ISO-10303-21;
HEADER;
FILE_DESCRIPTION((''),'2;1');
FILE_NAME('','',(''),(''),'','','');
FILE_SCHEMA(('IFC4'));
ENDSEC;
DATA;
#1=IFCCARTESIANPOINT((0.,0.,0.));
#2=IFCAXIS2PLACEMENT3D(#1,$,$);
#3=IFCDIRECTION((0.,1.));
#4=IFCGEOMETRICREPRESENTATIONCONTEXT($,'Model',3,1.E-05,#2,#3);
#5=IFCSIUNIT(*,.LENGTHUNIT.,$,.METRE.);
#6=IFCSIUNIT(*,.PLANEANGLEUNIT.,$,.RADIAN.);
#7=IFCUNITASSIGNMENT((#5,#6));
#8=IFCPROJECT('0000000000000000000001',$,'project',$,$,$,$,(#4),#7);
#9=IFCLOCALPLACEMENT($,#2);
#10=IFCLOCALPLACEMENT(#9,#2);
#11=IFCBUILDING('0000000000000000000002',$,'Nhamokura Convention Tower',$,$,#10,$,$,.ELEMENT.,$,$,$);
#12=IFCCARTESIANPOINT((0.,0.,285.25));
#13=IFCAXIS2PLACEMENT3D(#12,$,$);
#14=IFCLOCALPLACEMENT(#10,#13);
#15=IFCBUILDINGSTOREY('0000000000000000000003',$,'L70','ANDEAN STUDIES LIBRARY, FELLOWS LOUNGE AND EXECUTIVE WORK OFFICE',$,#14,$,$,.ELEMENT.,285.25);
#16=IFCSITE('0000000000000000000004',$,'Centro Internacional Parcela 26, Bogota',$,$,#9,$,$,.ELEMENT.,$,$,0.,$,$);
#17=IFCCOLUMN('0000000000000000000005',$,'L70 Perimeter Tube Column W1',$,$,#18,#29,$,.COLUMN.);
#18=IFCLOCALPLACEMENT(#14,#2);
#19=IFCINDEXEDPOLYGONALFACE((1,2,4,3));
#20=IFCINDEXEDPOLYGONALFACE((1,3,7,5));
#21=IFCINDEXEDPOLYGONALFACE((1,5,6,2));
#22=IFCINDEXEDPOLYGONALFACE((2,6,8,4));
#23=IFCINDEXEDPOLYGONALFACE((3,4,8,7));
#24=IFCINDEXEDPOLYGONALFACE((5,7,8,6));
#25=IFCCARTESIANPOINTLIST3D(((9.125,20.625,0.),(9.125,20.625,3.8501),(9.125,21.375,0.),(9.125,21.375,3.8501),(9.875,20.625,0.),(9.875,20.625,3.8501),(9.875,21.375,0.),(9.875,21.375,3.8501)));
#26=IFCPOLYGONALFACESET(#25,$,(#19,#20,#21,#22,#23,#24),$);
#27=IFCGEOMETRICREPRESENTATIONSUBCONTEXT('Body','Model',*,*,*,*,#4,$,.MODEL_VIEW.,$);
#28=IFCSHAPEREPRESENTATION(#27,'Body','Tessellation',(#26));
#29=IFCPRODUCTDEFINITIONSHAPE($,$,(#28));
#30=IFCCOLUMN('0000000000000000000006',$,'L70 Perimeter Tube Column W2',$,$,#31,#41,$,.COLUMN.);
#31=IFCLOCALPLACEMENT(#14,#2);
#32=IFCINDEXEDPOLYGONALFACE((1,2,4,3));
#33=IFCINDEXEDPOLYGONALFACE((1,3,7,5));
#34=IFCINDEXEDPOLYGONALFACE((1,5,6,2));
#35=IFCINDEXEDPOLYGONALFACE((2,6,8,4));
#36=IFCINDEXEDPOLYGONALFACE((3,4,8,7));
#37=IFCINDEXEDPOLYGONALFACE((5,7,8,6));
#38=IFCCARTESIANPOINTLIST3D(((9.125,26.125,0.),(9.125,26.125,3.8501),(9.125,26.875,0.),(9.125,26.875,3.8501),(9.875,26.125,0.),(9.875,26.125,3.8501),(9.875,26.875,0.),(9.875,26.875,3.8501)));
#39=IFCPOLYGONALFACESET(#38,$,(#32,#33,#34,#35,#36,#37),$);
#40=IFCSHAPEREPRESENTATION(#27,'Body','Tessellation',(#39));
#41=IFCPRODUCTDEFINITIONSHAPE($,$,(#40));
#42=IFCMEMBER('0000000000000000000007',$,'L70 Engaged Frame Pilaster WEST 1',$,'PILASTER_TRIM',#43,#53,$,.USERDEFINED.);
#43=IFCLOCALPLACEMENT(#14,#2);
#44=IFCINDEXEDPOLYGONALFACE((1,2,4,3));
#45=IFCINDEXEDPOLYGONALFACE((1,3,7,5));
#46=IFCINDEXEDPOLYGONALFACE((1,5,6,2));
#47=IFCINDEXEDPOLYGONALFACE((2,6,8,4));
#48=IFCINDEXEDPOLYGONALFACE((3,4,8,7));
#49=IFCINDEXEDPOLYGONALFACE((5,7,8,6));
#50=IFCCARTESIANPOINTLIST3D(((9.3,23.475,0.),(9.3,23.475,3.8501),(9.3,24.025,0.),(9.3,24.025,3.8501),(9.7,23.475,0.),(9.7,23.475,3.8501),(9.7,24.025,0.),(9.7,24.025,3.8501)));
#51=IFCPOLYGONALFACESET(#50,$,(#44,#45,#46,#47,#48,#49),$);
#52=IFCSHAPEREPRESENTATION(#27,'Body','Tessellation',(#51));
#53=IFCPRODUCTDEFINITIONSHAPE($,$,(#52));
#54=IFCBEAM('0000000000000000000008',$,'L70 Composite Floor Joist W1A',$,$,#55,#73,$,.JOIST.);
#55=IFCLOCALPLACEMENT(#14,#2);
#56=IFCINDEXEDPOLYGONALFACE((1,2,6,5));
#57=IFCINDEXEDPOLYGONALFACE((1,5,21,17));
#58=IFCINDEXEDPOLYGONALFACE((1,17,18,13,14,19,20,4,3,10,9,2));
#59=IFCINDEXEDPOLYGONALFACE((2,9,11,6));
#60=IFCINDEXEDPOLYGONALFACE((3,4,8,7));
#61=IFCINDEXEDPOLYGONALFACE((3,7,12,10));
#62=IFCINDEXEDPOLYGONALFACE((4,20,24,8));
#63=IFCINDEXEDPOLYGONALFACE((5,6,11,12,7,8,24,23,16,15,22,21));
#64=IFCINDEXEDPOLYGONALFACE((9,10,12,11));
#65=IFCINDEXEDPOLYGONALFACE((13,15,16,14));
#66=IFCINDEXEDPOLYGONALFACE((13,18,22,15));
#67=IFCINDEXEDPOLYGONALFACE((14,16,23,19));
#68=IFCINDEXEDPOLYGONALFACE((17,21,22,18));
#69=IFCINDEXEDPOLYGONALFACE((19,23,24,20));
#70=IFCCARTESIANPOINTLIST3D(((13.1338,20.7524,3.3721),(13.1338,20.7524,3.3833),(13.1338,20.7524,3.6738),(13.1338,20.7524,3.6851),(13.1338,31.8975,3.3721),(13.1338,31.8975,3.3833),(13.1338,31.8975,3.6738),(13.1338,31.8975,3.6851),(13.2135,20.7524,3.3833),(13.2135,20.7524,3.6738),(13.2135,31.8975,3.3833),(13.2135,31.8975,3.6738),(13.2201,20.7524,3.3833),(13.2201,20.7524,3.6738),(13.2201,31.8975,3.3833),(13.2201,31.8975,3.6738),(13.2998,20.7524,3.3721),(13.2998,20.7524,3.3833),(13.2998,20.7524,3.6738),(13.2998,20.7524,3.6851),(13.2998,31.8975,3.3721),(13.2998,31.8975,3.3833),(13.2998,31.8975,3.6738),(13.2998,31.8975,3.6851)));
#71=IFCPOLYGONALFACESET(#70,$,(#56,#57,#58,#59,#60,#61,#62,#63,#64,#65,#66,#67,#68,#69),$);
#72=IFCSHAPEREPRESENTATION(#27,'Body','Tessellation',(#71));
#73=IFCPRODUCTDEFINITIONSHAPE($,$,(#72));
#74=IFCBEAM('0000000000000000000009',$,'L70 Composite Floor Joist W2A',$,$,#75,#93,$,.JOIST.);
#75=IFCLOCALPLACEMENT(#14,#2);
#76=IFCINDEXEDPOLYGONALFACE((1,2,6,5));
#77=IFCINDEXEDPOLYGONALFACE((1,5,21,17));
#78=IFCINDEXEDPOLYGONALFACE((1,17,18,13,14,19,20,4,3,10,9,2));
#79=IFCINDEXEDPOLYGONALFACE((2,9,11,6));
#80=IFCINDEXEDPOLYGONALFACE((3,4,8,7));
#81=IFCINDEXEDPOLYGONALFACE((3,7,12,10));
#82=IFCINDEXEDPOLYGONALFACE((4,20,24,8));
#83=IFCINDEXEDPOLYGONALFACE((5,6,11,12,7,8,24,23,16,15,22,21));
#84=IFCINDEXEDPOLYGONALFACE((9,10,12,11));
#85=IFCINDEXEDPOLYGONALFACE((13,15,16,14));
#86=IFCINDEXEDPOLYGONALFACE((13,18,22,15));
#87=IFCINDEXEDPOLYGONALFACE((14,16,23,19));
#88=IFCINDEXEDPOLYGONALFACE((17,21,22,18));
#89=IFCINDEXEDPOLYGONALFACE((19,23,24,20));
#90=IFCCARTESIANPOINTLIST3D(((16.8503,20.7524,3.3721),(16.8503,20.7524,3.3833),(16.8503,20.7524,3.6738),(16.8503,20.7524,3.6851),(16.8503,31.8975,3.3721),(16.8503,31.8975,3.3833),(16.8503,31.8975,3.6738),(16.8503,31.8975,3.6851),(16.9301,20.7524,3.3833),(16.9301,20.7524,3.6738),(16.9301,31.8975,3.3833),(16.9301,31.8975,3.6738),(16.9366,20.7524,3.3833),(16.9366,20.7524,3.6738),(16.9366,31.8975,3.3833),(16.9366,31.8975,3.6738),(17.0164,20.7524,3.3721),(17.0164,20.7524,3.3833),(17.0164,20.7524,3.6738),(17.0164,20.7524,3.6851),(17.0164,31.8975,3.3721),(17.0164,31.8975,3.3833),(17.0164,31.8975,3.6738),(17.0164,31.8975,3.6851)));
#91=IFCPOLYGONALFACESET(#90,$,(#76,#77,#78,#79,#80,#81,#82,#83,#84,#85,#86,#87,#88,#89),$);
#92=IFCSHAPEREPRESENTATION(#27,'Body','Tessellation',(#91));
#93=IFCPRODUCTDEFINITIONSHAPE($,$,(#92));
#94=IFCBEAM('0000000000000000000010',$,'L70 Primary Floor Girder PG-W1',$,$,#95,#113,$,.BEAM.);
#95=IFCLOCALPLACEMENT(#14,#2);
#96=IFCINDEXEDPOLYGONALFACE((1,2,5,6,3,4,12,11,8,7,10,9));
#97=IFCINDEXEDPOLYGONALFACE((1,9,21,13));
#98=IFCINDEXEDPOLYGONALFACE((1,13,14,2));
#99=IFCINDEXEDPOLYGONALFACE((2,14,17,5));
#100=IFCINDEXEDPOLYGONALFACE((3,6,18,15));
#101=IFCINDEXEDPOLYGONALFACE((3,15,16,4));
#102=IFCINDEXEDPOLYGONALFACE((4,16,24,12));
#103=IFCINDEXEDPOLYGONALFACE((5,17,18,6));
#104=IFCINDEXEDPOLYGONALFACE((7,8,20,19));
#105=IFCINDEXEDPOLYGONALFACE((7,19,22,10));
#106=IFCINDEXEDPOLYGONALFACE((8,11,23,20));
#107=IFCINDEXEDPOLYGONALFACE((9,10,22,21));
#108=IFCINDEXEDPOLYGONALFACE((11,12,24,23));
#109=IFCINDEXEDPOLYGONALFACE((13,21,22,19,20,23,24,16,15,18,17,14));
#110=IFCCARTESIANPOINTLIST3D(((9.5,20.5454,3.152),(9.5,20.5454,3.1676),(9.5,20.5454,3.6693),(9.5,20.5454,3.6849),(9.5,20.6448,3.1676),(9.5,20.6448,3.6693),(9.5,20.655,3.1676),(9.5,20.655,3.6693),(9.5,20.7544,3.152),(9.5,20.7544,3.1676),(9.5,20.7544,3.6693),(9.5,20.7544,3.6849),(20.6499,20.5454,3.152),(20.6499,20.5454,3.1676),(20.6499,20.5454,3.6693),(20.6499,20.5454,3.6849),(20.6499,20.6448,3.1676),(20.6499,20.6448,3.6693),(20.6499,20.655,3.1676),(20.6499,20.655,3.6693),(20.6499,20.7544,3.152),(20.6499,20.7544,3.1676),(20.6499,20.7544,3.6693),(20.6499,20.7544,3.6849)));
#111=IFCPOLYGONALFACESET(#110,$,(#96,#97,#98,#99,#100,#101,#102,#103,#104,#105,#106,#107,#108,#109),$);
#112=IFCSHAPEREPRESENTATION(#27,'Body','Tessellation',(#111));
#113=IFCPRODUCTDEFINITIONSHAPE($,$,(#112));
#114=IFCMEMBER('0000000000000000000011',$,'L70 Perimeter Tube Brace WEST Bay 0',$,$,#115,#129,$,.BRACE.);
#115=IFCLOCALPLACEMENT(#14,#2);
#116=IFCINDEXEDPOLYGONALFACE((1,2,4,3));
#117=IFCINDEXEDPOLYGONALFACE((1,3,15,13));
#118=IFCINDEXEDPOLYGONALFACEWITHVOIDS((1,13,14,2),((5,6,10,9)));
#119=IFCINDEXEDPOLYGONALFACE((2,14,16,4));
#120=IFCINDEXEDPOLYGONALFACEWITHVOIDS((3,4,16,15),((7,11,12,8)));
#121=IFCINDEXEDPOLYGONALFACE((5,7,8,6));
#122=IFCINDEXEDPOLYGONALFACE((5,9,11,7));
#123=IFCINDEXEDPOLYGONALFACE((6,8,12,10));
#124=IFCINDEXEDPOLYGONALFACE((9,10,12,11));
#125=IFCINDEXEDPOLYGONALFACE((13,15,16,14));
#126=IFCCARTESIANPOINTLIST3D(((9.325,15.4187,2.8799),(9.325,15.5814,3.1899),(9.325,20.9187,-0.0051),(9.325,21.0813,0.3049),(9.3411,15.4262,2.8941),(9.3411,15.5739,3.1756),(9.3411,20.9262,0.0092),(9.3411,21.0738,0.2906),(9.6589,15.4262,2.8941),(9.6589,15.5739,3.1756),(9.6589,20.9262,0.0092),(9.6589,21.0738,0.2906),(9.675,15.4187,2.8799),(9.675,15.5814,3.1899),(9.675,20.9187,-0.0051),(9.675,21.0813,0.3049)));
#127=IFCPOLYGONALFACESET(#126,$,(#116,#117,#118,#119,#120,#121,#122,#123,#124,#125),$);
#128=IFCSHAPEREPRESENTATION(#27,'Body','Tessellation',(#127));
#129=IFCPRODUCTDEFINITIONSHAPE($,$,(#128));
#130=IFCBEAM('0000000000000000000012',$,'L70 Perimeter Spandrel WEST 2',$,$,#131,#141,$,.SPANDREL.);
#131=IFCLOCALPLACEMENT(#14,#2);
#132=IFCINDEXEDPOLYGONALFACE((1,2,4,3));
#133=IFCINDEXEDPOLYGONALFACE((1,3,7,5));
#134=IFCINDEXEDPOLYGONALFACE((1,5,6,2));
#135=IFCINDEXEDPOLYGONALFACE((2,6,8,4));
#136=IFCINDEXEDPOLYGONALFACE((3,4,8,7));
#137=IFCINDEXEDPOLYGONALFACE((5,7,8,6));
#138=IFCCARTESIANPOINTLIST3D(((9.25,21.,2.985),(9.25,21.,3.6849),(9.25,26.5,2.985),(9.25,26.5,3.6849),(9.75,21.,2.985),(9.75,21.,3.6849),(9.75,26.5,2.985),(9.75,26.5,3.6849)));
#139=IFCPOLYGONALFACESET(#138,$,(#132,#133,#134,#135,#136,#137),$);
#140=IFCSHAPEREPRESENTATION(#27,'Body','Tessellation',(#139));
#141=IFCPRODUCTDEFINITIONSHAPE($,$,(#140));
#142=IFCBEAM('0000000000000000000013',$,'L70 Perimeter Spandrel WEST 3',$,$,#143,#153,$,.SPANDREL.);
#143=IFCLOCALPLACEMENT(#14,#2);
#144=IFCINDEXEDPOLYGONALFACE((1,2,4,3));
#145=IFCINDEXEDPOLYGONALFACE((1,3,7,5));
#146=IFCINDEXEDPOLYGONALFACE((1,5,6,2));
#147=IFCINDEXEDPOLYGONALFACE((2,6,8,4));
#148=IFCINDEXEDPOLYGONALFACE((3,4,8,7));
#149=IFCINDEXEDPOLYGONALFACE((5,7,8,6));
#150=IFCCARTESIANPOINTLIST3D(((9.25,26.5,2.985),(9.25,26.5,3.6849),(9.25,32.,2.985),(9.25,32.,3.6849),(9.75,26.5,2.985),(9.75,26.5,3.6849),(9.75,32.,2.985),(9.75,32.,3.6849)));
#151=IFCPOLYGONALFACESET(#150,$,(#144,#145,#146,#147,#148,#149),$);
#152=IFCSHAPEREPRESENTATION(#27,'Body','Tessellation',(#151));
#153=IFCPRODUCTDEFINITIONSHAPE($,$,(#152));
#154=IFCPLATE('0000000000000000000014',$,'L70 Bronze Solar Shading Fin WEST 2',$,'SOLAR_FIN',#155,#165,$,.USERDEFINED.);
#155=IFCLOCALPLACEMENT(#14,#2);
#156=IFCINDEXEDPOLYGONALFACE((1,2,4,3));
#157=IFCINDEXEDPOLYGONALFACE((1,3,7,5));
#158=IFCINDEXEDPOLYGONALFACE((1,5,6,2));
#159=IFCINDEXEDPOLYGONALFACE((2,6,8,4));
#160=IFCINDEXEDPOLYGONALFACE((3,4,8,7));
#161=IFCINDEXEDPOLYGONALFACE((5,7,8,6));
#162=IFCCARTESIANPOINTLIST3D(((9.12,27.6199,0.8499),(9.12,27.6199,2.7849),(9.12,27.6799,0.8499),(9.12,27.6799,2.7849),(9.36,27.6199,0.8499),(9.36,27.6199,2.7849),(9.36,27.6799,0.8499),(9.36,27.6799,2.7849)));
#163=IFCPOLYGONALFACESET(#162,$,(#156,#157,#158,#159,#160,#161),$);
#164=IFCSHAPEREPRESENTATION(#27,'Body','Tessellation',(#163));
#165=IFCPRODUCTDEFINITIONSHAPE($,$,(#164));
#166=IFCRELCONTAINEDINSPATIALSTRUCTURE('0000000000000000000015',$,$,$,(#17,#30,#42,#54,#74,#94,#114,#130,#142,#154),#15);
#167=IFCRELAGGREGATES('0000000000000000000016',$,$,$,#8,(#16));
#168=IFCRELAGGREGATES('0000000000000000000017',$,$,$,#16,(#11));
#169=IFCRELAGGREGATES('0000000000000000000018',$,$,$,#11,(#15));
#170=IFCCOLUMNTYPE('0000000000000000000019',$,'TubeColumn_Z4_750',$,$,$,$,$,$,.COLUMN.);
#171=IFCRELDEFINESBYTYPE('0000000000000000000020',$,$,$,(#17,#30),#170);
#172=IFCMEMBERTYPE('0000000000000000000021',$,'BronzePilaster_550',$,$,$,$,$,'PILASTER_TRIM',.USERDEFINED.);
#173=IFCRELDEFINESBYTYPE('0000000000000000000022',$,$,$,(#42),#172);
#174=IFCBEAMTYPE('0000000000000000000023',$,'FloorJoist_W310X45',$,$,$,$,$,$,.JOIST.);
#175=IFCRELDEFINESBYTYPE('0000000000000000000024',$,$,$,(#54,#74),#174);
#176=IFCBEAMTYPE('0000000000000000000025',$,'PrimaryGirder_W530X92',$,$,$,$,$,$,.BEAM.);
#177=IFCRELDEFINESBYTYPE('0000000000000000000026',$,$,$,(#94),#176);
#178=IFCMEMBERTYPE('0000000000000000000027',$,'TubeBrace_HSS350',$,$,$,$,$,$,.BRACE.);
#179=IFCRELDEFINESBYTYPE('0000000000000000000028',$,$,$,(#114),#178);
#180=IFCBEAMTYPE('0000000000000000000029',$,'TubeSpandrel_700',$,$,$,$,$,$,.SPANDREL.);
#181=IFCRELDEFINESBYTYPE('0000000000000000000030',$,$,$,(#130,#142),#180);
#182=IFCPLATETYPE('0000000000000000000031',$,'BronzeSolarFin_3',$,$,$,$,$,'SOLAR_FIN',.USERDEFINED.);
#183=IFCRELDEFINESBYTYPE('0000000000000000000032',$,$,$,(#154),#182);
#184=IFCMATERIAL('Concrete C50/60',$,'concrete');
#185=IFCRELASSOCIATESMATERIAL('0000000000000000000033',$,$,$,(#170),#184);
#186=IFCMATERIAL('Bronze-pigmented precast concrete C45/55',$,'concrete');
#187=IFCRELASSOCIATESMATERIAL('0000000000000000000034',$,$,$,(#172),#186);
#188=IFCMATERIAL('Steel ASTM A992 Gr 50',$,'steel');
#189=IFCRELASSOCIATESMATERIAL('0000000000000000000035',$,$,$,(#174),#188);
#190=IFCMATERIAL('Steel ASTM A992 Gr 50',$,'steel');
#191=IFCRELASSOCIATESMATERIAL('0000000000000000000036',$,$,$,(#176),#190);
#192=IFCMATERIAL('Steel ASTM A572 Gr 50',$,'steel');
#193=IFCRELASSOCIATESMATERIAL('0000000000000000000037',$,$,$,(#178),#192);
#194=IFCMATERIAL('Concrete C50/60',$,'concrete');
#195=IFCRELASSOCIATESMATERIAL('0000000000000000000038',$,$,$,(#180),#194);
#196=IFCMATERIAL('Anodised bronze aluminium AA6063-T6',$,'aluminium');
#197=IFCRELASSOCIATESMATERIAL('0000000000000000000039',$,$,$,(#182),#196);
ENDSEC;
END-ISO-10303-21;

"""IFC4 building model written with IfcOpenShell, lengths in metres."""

from ifc_helpers import new_model, si_unit, direction, frame, origin, origin_2d, place, context, subcontext, project, spatial, rectangle, hollow_rectangle, i_section, extrude, material, material_profile, profile_set, type_object, element, save


model = new_model("IFC4")

# Units and contexts
model_context = context("Model", 3, precision=1e-05, world=origin(), true_north=direction((0.0, 1.0)))
body_context = subcontext(model_context, "Body", "Model", "MODEL_VIEW")
ifc_project = project(units=[si_unit("LENGTHUNIT", "METRE"), si_unit("PLANEANGLEUNIT", "RADIAN")], contexts=[model_context])

# Site, building, storey
site_placement = place(None, origin())
site = spatial("IfcSite", under=ifc_project, at=site_placement, Name="Centro Internacional Parcela 26, Bogota", CompositionType="ELEMENT", RefElevation=0.0)
building_placement = place(site_placement, origin())
building = spatial("IfcBuilding", under=site, at=building_placement, Name="Nhamokura Convention Tower", CompositionType="ELEMENT")
storey_placement = place(building_placement, frame((0.0, 0.0, 285.25)))
storey = spatial("IfcBuildingStorey", under=building, at=storey_placement, Name="L70", Description="ANDEAN STUDIES LIBRARY, FELLOWS LOUNGE AND EXECUTIVE WORK OFFICE", CompositionType="ELEMENT", Elevation=285.25)

# Columns
ifc_material_1 = material(Name="Concrete C50/60", Category="concrete")
ifc_material_profile_1 = material_profile(ifc_material_1, rectangle(XDim=0.75, YDim=0.75, at=origin_2d()))
ifc_profile_set_1 = profile_set([ifc_material_profile_1], Name="Concrete C50/60")
column_type = type_object("IfcColumnType", Name="TubeColumn_Z4_750", PredefinedType="COLUMN", material=ifc_profile_set_1)
for number, where, z_axis, x_axis, name in (
    (1, (9.5, 21.0, 0.0), (0.0, 0.0, 1.0), (1.0, 0.0, 0.0), "L70 Perimeter Tube Column W1"),
    (2, (9.5, 26.5, 0.0), (0.0, 0.0, 1.0), (1.0, 0.0, 0.0), "L70 Perimeter Tube Column W2"),
):
    element("IfcColumn", number, at=place(storey_placement, frame(where, z_axis=z_axis, x_axis=x_axis)), inside=storey, type_object=column_type, Name=name, PredefinedType="COLUMN", context=body_context, shape_type="SweptSolid", body=[
        extrude(rectangle(XDim=0.75, YDim=0.75, at=origin_2d()), origin(), (0.0, 0.0, 1.0), 3.8501),
    ])

# Member
ifc_material_2 = material(Name="Bronze-pigmented precast concrete C45/55", Category="concrete")
ifc_material_profile_2 = material_profile(ifc_material_2, rectangle(XDim=0.3999, YDim=0.55, at=origin_2d()))
ifc_profile_set_2 = profile_set([ifc_material_profile_2], Name="Bronze-pigmented precast concrete C45/55")
member_type_1 = type_object("IfcMemberType", Name="BronzePilaster_550", ElementType="PILASTER_TRIM", PredefinedType="USERDEFINED", material=ifc_profile_set_2)
member_1_placement = place(storey_placement, frame((9.5, 23.75, 0.0), z_axis=(0.0, 0.0, 1.0), x_axis=(1.0, 0.0, 0.0)))
element("IfcMember", 3, at=member_1_placement, inside=storey, type_object=member_type_1, Name="L70 Engaged Frame Pilaster WEST 1", ObjectType="PILASTER_TRIM", PredefinedType="USERDEFINED", context=body_context, shape_type="SweptSolid", body=[
    extrude(rectangle(XDim=0.3999, YDim=0.55, at=origin_2d()), origin(), (0.0, 0.0, 1.0), 3.8501),
])

# Beams
ifc_material_3 = material(Name="Steel ASTM A992 Gr 50", Category="steel")
ifc_material_profile_3 = material_profile(ifc_material_3, i_section(OverallWidth=0.166, OverallDepth=0.313, WebThickness=0.0066, FlangeThickness=0.0112, at=origin_2d()))
ifc_profile_set_3 = profile_set([ifc_material_profile_3], Name="Steel ASTM A992 Gr 50")
beam_type_1 = type_object("IfcBeamType", Name="FloorJoist_W310X45", PredefinedType="JOIST", material=ifc_profile_set_3)
for number, where, z_axis, x_axis, name in (
    (4, (13.2168, 20.7524, 3.5286), (0.0, 1.0, 0.0), (-1.0, 0.0, 0.0), "L70 Composite Floor Joist W1A"),
    (5, (16.9333, 20.7524, 3.5286), (0.0, 1.0, 0.0), (-1.0, 0.0, 0.0), "L70 Composite Floor Joist W2A"),
):
    element("IfcBeam", number, at=place(storey_placement, frame(where, z_axis=z_axis, x_axis=x_axis)), inside=storey, type_object=beam_type_1, Name=name, PredefinedType="JOIST", context=body_context, shape_type="SweptSolid", body=[
        extrude(i_section(OverallWidth=0.166, OverallDepth=0.313, WebThickness=0.0066, FlangeThickness=0.0112, at=origin_2d()), origin(), (0.0, 0.0, 1.0), 11.145),
    ])
ifc_material_4 = material(Name="Steel ASTM A992 Gr 50", Category="steel")
ifc_material_profile_4 = material_profile(ifc_material_4, i_section(OverallWidth=0.209, OverallDepth=0.533, WebThickness=0.0103, FlangeThickness=0.0156, at=origin_2d()))
ifc_profile_set_4 = profile_set([ifc_material_profile_4], Name="Steel ASTM A992 Gr 50")
beam_type_2 = type_object("IfcBeamType", Name="PrimaryGirder_W530X92", PredefinedType="BEAM", material=ifc_profile_set_4)
beam_placement = place(storey_placement, frame((9.5, 20.6499, 3.4185), z_axis=(1.0, 0.0, 0.0), x_axis=(0.0, 1.0, 0.0)))
element("IfcBeam", 6, at=beam_placement, inside=storey, type_object=beam_type_2, Name="L70 Primary Floor Girder PG-W1", PredefinedType="BEAM", context=body_context, shape_type="SweptSolid", body=[
    extrude(i_section(OverallWidth=0.209, OverallDepth=0.533, WebThickness=0.0103, FlangeThickness=0.0156, at=origin_2d()), origin(), (0.0, 0.0, 1.0), 11.1499),
])

# Member
ifc_material_5 = material(Name="Steel ASTM A572 Gr 50", Category="steel")
ifc_material_profile_5 = material_profile(ifc_material_5, hollow_rectangle(XDim=0.3501, YDim=0.3501, WallThickness=0.0161, at=origin_2d()))
ifc_profile_set_5 = profile_set([ifc_material_profile_5], Name="Steel ASTM A572 Gr 50")
member_type_2 = type_object("IfcMemberType", Name="TubeBrace_HSS350", PredefinedType="BRACE", material=ifc_profile_set_5)
member_2_placement = place(storey_placement, frame((9.5, 21.0, 0.1499), z_axis=(0.0, -0.885563, 0.46452), x_axis=(1.0, 0.0, 0.0)))
element("IfcMember", 7, at=member_2_placement, inside=storey, type_object=member_type_2, Name="L70 Perimeter Tube Brace WEST Bay 0", PredefinedType="BRACE", context=body_context, shape_type="SweptSolid", body=[
    extrude(hollow_rectangle(XDim=0.3501, YDim=0.3501, WallThickness=0.0161, at=origin_2d()), origin(), (0.0, 0.0, 1.0), 6.2107),
])

# Beams
ifc_material_6 = material(Name="Concrete C50/60", Category="concrete")
ifc_material_profile_6 = material_profile(ifc_material_6, rectangle(XDim=0.5, YDim=0.7, at=origin_2d()))
ifc_profile_set_6 = profile_set([ifc_material_profile_6], Name="Concrete C50/60")
beam_type_3 = type_object("IfcBeamType", Name="TubeSpandrel_700", PredefinedType="SPANDREL", material=ifc_profile_set_6)
for number, where, z_axis, x_axis, name in (
    (8, (9.5, 21.0, 3.335), (0.0, 1.0, 0.0), (-1.0, 0.0, 0.0), "L70 Perimeter Spandrel WEST 2"),
    (9, (9.5, 26.5, 3.335), (0.0, 1.0, 0.0), (-1.0, 0.0, 0.0), "L70 Perimeter Spandrel WEST 3"),
):
    element("IfcBeam", number, at=place(storey_placement, frame(where, z_axis=z_axis, x_axis=x_axis)), inside=storey, type_object=beam_type_3, Name=name, PredefinedType="SPANDREL", context=body_context, shape_type="SweptSolid", body=[
        extrude(rectangle(XDim=0.5, YDim=0.7, at=origin_2d()), origin(), (0.0, 0.0, 1.0), 5.5),
    ])

# Plate
ifc_material_7 = material(Name="Anodised bronze aluminium AA6063-T6", Category="aluminium")
plate_type = type_object("IfcPlateType", Name="BronzeSolarFin_3", ElementType="SOLAR_FIN", PredefinedType="USERDEFINED", material=ifc_material_7)
plate_placement = place(storey_placement, frame((9.24, 27.6499, 0.8499), z_axis=(0.0, 0.0, 1.0), x_axis=(1.0, 0.0, 0.0)))
element("IfcPlate", 10, at=plate_placement, inside=storey, type_object=plate_type, Name="L70 Bronze Solar Shading Fin WEST 2", ObjectType="SOLAR_FIN", PredefinedType="USERDEFINED", context=body_context, shape_type="SweptSolid", body=[
    extrude(rectangle(XDim=0.24, YDim=0.0601, at=origin_2d()), origin(), (0.0, 0.0, 1.0), 1.9351),
])

save(model, "model.ifc")
